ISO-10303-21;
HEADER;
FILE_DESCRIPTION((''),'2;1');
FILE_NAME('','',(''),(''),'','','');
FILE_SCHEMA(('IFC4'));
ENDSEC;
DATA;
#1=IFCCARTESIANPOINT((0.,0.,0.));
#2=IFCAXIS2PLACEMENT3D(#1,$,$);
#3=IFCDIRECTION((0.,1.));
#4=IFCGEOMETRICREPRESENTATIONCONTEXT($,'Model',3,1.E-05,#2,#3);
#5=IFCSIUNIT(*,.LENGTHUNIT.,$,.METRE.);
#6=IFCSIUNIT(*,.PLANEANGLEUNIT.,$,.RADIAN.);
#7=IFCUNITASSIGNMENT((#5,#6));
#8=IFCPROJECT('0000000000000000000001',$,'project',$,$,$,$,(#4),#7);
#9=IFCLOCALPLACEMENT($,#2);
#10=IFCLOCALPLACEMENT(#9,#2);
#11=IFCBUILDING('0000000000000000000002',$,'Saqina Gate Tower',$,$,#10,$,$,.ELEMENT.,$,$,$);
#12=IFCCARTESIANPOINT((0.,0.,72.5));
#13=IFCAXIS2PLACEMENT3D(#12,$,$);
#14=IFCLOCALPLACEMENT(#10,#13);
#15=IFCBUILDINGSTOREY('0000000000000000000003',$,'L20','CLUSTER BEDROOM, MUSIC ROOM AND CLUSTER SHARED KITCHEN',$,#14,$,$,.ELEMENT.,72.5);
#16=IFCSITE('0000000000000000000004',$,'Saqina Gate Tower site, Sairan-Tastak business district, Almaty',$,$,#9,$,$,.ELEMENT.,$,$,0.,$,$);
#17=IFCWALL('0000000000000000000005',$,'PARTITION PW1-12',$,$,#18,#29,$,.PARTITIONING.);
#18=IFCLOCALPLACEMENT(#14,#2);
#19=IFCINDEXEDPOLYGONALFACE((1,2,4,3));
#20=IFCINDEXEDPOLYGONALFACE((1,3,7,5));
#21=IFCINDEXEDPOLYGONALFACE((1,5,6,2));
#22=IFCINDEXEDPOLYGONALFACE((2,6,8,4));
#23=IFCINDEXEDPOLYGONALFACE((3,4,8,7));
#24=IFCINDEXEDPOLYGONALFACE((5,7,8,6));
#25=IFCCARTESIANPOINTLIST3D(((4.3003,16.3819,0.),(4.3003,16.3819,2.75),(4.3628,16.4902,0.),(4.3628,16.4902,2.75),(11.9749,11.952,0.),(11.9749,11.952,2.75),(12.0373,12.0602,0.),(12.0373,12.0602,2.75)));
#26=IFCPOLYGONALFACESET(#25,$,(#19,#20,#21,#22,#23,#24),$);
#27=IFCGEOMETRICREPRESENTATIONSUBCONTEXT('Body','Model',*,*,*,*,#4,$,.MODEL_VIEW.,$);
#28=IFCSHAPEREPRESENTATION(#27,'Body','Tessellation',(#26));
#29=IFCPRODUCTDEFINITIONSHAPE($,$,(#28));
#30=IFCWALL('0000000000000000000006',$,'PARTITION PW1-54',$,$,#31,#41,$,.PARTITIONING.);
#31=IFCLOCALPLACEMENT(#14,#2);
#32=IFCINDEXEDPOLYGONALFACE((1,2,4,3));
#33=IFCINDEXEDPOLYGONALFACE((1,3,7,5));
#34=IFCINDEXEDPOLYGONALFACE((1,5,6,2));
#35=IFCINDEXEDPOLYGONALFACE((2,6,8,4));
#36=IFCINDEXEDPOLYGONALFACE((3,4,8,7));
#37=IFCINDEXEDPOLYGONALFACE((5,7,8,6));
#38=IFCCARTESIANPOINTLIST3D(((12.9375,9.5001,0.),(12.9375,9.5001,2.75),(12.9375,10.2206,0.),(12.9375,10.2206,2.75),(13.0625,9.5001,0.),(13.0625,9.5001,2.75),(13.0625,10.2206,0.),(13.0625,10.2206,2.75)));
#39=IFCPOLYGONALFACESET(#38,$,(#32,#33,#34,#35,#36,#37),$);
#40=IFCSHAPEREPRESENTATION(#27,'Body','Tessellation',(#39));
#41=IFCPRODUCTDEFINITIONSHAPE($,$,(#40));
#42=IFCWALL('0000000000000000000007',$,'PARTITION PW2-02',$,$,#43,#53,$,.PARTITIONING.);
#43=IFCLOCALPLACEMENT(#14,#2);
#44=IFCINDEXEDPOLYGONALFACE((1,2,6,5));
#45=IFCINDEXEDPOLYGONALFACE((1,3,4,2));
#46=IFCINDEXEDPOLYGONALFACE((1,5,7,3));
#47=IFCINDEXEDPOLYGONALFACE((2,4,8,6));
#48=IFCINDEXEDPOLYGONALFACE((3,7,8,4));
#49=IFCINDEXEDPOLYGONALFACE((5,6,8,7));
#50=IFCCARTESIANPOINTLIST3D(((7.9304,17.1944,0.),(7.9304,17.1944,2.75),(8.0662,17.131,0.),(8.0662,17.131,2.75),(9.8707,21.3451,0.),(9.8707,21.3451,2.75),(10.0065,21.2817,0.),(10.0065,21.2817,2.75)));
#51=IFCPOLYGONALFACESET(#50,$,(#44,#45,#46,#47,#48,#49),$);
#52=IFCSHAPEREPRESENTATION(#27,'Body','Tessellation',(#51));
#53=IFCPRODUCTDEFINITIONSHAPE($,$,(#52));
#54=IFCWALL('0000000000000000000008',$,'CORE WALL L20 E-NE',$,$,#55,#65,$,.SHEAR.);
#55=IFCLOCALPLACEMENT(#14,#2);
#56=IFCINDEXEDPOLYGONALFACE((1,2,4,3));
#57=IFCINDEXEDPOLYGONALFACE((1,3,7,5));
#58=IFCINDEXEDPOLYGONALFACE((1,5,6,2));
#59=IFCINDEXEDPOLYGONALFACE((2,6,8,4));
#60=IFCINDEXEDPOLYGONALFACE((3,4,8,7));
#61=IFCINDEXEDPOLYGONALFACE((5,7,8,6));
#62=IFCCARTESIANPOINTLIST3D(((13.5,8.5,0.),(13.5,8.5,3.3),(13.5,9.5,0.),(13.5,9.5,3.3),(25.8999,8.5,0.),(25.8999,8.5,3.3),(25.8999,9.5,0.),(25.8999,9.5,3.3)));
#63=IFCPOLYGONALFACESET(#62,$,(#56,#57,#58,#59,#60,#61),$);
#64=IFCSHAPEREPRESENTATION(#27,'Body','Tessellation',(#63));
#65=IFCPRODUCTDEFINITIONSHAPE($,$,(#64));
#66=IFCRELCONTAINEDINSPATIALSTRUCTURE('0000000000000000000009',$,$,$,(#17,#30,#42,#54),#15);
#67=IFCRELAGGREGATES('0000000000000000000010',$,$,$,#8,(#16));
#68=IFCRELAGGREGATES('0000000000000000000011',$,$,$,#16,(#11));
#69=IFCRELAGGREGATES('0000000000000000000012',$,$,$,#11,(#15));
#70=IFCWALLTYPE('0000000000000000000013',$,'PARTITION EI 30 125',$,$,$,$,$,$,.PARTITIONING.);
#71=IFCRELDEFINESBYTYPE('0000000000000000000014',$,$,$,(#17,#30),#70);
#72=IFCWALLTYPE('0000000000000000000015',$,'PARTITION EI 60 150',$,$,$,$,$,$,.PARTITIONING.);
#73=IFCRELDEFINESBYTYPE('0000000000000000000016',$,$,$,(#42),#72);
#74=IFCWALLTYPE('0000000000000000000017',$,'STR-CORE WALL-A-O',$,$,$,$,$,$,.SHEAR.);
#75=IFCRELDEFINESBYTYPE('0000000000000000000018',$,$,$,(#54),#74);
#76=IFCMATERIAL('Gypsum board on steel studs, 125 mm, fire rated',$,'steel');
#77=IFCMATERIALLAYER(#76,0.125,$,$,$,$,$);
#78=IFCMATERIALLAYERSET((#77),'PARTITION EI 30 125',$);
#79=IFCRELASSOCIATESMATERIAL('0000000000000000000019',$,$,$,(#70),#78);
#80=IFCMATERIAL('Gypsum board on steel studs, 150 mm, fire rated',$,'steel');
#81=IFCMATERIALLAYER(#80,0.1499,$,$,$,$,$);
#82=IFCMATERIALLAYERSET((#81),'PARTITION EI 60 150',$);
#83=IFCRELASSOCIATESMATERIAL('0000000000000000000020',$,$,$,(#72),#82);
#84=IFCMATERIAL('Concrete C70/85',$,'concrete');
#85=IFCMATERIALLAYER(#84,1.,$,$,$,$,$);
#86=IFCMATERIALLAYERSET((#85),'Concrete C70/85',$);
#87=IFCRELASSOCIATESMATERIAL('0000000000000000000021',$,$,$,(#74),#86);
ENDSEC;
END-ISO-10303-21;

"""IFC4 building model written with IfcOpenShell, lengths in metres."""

from ifc_helpers import new_model, si_unit, direction, frame, frame_2d, origin, place, context, subcontext, project, spatial, rectangle, extrude, material, layer, layer_set, type_object, element, save


model = new_model("IFC4")

# Units and contexts
model_context = context("Model", 3, precision=1e-05, world=origin(), true_north=direction((0.0, 1.0)))
body_context = subcontext(model_context, "Body", "Model", "MODEL_VIEW")
ifc_project = project(units=[si_unit("LENGTHUNIT", "METRE"), si_unit("PLANEANGLEUNIT", "RADIAN")], contexts=[model_context])

# Site, building, storey
site_placement = place(None, origin())
site = spatial("IfcSite", under=ifc_project, at=site_placement, Name="Saqina Gate Tower site, Sairan-Tastak business district, Almaty", CompositionType="ELEMENT", RefElevation=0.0)
building_placement = place(site_placement, origin())
building = spatial("IfcBuilding", under=site, at=building_placement, Name="Saqina Gate Tower", CompositionType="ELEMENT")
storey_placement = place(building_placement, frame((0.0, 0.0, 72.5)))
storey = spatial("IfcBuildingStorey", under=building, at=storey_placement, Name="L20", Description="CLUSTER BEDROOM, MUSIC ROOM AND CLUSTER SHARED KITCHEN", CompositionType="ELEMENT", Elevation=72.5)

# Shared definitions
ifc_material_1 = material(Name="Gypsum board on steel studs, 125 mm, fire rated", Category="steel")
ifc_layer_1 = layer(ifc_material_1, 0.125)
ifc_layer_set_1 = layer_set([ifc_layer_1], Name="PARTITION EI 30 125")
wall_type_1 = type_object("IfcWallType", Name="PARTITION EI 30 125", PredefinedType="PARTITIONING", material=ifc_layer_set_1)

# Walls
wall_1_placement = place(storey_placement, frame((4.3315, 16.436, 0.0), z_axis=(0.0, 0.0, 1.0), x_axis=(0.866073, -0.499917, 0.0)))
element("IfcWall", 1, at=wall_1_placement, inside=storey, type_object=wall_type_1, Name="PARTITION PW1-12", PredefinedType="PARTITIONING", context=body_context, shape_type="SweptSolid", body=[
    extrude(rectangle(XDim=8.8613, YDim=0.125, at=frame_2d((4.4307, 0.0))), origin(), (0.0, 0.0, 1.0), 2.75),
])
wall_2_placement = place(storey_placement, frame((13.0, 9.5, 0.0), z_axis=(0.0, 0.0, 1.0), x_axis=(0.0, 1.0, 0.0)))
element("IfcWall", 2, at=wall_2_placement, inside=storey, type_object=wall_type_1, Name="PARTITION PW1-54", PredefinedType="PARTITIONING", context=body_context, shape_type="SweptSolid", body=[
    extrude(rectangle(XDim=0.7205, YDim=0.125, at=frame_2d((0.3604, 0.0))), origin(), (0.0, 0.0, 1.0), 2.75),
])
ifc_material_2 = material(Name="Gypsum board on steel studs, 150 mm, fire rated", Category="steel")
ifc_layer_2 = layer(ifc_material_2, 0.1499)
ifc_layer_set_2 = layer_set([ifc_layer_2], Name="PARTITION EI 60 150")
wall_type_2 = type_object("IfcWallType", Name="PARTITION EI 60 150", PredefinedType="PARTITIONING", material=ifc_layer_set_2)
wall_3_placement = place(storey_placement, frame((7.9983, 17.1626, 0.0), z_axis=(0.0, 0.0, 1.0), x_axis=(0.423463, 0.905913, 0.0)))
element("IfcWall", 3, at=wall_3_placement, inside=storey, type_object=wall_type_2, Name="PARTITION PW2-02", PredefinedType="PARTITIONING", context=body_context, shape_type="SweptSolid", body=[
    extrude(rectangle(XDim=4.5818, YDim=0.1499, at=frame_2d((2.291, 0.0))), origin(), (0.0, 0.0, 1.0), 2.75),
])
ifc_material_3 = material(Name="Concrete C70/85", Category="concrete")
ifc_layer_3 = layer(ifc_material_3, 1.0)
ifc_layer_set_3 = layer_set([ifc_layer_3], Name="Concrete C70/85")
wall_type_3 = type_object("IfcWallType", Name="STR-CORE WALL-A-O", PredefinedType="SHEAR", material=ifc_layer_set_3)
wall_4_placement = place(storey_placement, frame((13.5, 9.0, 0.0), z_axis=(0.0, 0.0, 1.0), x_axis=(1.0, 0.0, 0.0)))
element("IfcWall", 4, at=wall_4_placement, inside=storey, type_object=wall_type_3, Name="CORE WALL L20 E-NE", PredefinedType="SHEAR", context=body_context, shape_type="SweptSolid", body=[
    extrude(rectangle(XDim=12.3999, YDim=1.0, at=frame_2d((6.2, 0.0))), origin(), (0.0, 0.0, 1.0), 3.3),
])

save(model, "model.ifc")
